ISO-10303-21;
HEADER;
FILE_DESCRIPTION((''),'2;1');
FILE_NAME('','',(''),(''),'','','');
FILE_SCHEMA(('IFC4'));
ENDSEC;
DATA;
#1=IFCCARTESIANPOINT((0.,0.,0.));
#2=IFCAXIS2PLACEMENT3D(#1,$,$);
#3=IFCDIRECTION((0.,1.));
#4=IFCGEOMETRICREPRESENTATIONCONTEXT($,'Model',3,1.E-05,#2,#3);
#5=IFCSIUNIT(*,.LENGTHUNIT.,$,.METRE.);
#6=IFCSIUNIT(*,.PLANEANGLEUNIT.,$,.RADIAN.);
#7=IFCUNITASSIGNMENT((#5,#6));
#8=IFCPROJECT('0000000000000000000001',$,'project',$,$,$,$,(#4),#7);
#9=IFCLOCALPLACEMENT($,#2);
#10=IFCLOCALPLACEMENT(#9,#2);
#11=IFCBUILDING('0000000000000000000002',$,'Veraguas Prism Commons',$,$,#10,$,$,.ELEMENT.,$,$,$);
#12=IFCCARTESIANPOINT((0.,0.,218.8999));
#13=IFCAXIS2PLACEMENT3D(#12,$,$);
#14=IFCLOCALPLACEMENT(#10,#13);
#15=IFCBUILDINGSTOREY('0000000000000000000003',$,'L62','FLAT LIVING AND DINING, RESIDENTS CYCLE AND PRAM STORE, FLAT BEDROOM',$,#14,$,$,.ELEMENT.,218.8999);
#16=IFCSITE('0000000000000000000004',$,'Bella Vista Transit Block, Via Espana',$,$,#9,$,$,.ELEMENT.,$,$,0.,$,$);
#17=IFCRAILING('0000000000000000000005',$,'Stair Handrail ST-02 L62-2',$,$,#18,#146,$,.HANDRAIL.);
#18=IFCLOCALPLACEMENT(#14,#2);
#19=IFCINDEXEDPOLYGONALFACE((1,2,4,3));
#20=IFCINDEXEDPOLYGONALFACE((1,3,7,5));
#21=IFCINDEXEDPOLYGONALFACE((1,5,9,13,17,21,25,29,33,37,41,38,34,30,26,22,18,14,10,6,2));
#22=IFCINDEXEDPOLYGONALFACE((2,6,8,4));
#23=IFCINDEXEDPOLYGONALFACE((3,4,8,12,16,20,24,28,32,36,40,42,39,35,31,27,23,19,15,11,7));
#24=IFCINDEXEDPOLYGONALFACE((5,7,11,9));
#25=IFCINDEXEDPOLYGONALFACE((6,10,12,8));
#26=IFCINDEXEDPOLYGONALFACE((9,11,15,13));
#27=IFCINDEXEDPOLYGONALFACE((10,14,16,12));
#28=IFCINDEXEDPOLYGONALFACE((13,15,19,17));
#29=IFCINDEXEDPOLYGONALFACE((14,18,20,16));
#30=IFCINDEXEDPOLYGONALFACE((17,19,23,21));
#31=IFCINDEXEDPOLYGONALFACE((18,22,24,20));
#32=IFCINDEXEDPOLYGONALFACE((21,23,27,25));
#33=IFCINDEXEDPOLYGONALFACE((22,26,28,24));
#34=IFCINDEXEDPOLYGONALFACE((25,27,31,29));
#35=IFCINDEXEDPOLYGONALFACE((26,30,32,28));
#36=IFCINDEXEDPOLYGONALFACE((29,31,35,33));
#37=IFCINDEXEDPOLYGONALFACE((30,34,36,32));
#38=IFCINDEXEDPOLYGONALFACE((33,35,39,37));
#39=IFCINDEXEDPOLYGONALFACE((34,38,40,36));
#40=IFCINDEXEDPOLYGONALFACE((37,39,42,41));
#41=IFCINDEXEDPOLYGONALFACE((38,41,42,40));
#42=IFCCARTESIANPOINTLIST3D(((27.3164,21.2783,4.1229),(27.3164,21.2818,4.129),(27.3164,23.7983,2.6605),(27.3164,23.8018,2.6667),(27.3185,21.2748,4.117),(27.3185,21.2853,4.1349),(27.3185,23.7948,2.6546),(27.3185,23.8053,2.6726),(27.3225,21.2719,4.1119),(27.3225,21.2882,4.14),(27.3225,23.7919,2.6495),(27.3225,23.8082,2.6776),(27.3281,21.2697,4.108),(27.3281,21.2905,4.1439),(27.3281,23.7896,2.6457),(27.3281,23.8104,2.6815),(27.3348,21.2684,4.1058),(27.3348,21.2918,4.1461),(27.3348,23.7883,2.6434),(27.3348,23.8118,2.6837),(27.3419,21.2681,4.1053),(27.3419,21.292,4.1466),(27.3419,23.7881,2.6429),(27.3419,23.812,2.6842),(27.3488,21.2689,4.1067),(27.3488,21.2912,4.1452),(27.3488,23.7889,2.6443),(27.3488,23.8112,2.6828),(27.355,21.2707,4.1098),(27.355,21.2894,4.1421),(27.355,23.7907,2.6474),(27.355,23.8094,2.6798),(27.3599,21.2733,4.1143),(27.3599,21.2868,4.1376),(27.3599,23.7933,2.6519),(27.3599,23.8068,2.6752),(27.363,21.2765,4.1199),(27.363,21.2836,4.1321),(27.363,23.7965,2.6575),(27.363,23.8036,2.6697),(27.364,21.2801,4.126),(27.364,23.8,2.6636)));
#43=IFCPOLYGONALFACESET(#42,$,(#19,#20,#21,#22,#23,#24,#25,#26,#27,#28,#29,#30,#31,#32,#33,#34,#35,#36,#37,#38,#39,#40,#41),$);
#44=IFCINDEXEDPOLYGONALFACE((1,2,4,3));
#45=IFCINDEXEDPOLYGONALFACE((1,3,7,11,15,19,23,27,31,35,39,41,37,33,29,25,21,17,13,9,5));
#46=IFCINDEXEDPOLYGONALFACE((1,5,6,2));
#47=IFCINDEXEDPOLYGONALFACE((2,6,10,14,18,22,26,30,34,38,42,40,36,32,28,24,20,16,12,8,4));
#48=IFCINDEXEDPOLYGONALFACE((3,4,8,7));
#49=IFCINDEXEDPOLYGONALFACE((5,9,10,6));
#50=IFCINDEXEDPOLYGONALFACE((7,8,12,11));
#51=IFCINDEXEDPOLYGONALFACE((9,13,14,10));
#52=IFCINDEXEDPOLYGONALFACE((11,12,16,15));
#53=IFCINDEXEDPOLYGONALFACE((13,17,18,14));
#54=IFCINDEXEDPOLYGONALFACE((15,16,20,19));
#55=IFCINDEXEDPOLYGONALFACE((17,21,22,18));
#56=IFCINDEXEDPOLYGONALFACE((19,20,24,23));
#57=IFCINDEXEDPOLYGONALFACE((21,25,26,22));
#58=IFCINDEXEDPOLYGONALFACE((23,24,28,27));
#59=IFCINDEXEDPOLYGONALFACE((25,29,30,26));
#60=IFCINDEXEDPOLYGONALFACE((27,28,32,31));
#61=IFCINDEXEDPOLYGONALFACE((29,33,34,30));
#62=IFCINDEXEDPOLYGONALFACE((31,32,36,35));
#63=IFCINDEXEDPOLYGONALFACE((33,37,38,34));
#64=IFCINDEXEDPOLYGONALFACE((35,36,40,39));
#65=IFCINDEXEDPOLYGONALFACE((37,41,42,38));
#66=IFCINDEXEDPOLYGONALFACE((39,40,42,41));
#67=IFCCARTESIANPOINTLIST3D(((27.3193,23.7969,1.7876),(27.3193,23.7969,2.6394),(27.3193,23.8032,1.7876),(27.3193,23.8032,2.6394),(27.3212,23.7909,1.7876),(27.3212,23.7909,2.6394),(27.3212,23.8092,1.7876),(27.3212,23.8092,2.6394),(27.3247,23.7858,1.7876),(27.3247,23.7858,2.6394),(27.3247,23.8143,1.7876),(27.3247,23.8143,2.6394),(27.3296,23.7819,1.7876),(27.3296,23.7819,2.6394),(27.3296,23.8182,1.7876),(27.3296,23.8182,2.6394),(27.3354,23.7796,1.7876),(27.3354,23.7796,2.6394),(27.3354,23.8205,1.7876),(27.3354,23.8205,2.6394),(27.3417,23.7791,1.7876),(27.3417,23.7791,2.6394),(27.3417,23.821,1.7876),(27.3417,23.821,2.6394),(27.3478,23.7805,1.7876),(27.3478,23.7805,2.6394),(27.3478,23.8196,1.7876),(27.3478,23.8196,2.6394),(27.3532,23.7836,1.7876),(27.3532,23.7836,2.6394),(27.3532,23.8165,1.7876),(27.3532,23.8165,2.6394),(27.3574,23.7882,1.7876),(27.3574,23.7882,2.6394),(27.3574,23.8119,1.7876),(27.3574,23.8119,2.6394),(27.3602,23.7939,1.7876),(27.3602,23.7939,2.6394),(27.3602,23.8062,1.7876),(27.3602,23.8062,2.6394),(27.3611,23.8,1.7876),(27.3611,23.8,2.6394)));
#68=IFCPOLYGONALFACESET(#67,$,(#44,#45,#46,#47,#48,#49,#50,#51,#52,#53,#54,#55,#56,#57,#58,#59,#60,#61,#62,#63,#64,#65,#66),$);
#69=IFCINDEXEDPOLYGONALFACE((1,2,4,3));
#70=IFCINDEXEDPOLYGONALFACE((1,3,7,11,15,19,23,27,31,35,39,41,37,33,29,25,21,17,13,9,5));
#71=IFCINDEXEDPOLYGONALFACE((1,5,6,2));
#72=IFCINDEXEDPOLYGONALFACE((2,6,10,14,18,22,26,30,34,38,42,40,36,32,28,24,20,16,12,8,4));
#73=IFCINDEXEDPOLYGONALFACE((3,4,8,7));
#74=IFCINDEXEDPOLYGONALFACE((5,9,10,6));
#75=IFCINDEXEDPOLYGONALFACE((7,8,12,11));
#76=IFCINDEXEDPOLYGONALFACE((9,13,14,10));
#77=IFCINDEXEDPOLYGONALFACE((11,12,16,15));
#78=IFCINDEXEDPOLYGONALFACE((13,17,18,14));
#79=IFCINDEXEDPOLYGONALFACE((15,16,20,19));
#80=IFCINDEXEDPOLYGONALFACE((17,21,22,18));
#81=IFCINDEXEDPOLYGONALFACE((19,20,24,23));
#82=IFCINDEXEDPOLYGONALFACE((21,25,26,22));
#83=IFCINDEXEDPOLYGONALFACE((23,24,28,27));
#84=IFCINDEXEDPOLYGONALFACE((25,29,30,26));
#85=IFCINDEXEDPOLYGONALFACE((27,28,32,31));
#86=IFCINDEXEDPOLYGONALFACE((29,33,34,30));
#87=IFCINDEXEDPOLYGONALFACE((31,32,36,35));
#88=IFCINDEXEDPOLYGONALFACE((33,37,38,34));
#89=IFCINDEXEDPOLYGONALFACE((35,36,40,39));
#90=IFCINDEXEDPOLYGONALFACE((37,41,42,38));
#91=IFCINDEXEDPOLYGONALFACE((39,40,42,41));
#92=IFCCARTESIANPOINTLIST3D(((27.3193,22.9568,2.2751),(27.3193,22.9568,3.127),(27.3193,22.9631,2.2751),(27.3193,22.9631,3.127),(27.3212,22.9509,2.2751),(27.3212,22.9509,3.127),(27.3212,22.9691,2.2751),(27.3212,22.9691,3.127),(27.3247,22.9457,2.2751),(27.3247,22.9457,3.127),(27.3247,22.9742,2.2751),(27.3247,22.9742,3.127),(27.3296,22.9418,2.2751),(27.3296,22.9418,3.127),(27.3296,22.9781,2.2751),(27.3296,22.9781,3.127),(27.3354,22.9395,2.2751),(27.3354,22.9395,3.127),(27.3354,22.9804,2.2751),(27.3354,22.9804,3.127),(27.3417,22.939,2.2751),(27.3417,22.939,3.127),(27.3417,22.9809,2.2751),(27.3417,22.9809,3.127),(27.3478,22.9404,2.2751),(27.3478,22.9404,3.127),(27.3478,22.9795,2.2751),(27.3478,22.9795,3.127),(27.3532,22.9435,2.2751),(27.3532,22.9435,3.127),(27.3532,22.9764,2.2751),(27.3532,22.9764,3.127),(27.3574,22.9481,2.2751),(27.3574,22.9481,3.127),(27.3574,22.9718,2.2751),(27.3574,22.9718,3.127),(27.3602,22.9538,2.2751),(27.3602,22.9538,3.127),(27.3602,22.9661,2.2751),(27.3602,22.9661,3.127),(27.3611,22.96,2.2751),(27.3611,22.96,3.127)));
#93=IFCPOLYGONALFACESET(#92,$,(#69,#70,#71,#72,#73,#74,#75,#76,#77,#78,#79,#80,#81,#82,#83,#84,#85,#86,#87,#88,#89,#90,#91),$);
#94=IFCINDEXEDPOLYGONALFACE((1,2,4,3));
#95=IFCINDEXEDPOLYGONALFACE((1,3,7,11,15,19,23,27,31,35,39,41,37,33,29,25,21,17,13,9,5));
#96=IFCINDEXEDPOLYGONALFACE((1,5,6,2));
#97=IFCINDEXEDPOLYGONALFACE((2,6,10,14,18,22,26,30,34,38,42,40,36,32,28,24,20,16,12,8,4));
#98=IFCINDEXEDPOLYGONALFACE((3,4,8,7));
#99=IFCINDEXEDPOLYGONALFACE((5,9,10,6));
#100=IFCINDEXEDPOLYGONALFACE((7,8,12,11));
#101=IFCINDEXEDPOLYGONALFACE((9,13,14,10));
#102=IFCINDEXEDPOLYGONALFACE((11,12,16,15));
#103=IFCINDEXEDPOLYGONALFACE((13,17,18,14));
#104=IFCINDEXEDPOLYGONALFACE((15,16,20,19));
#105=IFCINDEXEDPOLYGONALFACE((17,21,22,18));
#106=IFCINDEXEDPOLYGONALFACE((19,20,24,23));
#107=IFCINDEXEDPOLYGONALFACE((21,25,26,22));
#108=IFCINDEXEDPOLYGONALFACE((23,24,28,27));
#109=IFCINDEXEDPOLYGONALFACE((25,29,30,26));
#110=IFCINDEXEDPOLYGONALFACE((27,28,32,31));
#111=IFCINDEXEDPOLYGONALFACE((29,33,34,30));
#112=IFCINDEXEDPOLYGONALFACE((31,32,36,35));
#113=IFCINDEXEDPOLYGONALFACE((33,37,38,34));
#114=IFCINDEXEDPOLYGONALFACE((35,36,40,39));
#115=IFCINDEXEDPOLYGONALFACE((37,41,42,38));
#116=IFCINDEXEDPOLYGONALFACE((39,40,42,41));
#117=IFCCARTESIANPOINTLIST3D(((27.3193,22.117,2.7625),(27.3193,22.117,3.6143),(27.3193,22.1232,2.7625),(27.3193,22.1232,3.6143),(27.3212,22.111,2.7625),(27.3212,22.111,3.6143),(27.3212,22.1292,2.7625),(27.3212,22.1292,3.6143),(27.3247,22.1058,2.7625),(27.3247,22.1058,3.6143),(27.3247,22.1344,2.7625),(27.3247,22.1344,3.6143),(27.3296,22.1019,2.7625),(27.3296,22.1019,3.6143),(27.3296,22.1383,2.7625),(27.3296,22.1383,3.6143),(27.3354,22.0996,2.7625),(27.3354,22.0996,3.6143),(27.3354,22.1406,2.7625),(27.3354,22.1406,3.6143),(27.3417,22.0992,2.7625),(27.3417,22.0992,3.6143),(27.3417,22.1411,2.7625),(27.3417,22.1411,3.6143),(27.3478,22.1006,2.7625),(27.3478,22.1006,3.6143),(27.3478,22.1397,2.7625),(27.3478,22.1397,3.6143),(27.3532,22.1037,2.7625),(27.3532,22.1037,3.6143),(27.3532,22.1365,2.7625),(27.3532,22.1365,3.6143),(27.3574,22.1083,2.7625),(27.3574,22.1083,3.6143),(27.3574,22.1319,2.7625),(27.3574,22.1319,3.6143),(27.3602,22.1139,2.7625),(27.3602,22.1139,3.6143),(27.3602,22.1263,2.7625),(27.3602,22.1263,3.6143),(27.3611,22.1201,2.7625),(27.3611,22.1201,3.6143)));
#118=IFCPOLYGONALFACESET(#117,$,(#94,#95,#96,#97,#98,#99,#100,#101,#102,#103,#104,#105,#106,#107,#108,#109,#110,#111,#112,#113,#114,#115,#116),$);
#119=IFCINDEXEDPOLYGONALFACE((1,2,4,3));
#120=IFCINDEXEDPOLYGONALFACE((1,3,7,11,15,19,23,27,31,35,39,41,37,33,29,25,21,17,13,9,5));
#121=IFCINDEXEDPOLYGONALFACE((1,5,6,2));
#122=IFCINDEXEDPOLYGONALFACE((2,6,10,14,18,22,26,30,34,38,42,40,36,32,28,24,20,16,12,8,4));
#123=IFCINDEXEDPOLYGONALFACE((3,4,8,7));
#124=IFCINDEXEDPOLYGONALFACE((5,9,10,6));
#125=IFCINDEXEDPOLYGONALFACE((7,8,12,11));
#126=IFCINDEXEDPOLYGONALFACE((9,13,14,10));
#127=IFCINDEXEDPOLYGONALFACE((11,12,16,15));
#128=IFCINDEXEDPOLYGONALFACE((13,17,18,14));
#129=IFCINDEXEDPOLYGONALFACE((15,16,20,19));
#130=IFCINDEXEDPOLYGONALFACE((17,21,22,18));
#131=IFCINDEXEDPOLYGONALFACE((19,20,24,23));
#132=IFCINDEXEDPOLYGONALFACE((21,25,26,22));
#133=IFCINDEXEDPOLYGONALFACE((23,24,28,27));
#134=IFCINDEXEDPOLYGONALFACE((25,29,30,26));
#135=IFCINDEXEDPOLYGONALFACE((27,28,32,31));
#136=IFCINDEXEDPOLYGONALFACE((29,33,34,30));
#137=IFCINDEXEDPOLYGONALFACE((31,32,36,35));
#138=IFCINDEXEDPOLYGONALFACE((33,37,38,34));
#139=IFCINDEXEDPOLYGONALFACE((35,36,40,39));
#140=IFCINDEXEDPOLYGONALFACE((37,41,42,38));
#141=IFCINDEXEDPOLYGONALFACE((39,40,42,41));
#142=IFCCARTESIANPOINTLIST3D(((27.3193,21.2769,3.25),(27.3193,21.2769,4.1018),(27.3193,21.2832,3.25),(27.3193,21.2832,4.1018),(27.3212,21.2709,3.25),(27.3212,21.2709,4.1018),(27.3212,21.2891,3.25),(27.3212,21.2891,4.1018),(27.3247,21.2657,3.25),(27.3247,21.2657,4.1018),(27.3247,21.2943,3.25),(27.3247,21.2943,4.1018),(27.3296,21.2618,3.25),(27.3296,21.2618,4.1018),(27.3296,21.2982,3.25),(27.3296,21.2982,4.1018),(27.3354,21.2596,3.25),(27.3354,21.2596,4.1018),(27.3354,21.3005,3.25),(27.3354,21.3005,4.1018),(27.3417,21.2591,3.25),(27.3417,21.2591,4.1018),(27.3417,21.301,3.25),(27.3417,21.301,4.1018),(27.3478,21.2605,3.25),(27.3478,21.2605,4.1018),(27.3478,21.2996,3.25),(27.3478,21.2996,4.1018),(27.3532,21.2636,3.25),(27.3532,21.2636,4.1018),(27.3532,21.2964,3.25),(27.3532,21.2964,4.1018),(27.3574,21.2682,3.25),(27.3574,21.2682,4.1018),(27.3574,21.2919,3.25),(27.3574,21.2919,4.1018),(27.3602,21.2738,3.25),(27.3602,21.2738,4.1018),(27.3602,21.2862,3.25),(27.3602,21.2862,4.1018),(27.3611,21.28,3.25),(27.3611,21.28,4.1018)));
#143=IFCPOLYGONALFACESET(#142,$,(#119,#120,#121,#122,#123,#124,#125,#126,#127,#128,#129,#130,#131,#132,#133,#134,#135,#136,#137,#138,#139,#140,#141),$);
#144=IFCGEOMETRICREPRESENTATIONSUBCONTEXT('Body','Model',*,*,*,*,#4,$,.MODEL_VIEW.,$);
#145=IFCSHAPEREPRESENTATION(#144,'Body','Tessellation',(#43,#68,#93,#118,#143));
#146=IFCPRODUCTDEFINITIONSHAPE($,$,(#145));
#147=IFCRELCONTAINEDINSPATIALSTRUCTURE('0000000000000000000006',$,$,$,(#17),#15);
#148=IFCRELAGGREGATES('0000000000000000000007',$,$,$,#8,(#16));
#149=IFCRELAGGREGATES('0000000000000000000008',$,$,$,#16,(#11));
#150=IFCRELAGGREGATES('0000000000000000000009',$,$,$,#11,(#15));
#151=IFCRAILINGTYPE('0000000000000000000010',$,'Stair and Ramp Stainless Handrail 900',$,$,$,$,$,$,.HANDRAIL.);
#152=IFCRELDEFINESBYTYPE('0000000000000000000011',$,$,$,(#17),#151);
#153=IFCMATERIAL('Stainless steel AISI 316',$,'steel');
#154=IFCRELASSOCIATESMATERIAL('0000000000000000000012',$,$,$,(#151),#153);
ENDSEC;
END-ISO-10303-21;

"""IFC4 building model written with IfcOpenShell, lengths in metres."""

from ifc_helpers import new_model, si_unit, direction, frame, origin, origin_2d, place, context, subcontext, project, spatial, circle, extrude, material, type_object, element, save


model = new_model("IFC4")

# Units and contexts
model_context = context("Model", 3, precision=1e-05, world=origin(), true_north=direction((0.0, 1.0)))
body_context = subcontext(model_context, "Body", "Model", "MODEL_VIEW")
ifc_project = project(units=[si_unit("LENGTHUNIT", "METRE"), si_unit("PLANEANGLEUNIT", "RADIAN")], contexts=[model_context])

# Site, building, storey
site_placement = place(None, origin())
site = spatial("IfcSite", under=ifc_project, at=site_placement, Name="Bella Vista Transit Block, Via Espana", CompositionType="ELEMENT", RefElevation=0.0)
building_placement = place(site_placement, origin())
building = spatial("IfcBuilding", under=site, at=building_placement, Name="Veraguas Prism Commons", CompositionType="ELEMENT")
storey_placement = place(building_placement, frame((0.0, 0.0, 218.8999)))
storey = spatial("IfcBuildingStorey", under=building, at=storey_placement, Name="L62", Description="FLAT LIVING AND DINING, RESIDENTS CYCLE AND PRAM STORE, FLAT BEDROOM", CompositionType="ELEMENT", Elevation=218.8999)

# Railing
ifc_material_1 = material(Name="Stainless steel AISI 316", Category="steel")
railing_type_1 = type_object("IfcRailingType", Name="Stair and Ramp Stainless Handrail 900", PredefinedType="HANDRAIL", material=ifc_material_1)
railing_1_placement = place(storey_placement, frame((27.3401, 23.8, 1.7876)))
element("IfcRailing", 1, at=railing_1_placement, inside=storey, type_object=railing_type_1, Name="Stair Handrail ST-02 L62-2", PredefinedType="HANDRAIL", context=body_context, shape_type="SweptSolid", body=[
    extrude(circle(Radius=0.0239, at=origin_2d()), frame((0.0, 0.0, 0.876), z_axis=(0.0, -0.864913, 0.501921), x_axis=(1.0, 0.0, 0.0)), (0.0, 0.0, 1.0), 2.9136),
    extrude(circle(Radius=0.021, at=origin_2d()), origin(), (0.0, 0.0, 1.0), 0.8518),
    extrude(circle(Radius=0.021, at=origin_2d()), frame((0.0, -0.8401, 0.4875)), (0.0, 0.0, 1.0), 0.8518),
    extrude(circle(Radius=0.021, at=origin_2d()), frame((0.0, -1.6799, 0.9749)), (0.0, 0.0, 1.0), 0.8518),
    extrude(circle(Radius=0.021, at=origin_2d()), frame((0.0, -2.52, 1.4624)), (0.0, 0.0, 1.0), 0.8518),
])

save(model, "model.ifc")
